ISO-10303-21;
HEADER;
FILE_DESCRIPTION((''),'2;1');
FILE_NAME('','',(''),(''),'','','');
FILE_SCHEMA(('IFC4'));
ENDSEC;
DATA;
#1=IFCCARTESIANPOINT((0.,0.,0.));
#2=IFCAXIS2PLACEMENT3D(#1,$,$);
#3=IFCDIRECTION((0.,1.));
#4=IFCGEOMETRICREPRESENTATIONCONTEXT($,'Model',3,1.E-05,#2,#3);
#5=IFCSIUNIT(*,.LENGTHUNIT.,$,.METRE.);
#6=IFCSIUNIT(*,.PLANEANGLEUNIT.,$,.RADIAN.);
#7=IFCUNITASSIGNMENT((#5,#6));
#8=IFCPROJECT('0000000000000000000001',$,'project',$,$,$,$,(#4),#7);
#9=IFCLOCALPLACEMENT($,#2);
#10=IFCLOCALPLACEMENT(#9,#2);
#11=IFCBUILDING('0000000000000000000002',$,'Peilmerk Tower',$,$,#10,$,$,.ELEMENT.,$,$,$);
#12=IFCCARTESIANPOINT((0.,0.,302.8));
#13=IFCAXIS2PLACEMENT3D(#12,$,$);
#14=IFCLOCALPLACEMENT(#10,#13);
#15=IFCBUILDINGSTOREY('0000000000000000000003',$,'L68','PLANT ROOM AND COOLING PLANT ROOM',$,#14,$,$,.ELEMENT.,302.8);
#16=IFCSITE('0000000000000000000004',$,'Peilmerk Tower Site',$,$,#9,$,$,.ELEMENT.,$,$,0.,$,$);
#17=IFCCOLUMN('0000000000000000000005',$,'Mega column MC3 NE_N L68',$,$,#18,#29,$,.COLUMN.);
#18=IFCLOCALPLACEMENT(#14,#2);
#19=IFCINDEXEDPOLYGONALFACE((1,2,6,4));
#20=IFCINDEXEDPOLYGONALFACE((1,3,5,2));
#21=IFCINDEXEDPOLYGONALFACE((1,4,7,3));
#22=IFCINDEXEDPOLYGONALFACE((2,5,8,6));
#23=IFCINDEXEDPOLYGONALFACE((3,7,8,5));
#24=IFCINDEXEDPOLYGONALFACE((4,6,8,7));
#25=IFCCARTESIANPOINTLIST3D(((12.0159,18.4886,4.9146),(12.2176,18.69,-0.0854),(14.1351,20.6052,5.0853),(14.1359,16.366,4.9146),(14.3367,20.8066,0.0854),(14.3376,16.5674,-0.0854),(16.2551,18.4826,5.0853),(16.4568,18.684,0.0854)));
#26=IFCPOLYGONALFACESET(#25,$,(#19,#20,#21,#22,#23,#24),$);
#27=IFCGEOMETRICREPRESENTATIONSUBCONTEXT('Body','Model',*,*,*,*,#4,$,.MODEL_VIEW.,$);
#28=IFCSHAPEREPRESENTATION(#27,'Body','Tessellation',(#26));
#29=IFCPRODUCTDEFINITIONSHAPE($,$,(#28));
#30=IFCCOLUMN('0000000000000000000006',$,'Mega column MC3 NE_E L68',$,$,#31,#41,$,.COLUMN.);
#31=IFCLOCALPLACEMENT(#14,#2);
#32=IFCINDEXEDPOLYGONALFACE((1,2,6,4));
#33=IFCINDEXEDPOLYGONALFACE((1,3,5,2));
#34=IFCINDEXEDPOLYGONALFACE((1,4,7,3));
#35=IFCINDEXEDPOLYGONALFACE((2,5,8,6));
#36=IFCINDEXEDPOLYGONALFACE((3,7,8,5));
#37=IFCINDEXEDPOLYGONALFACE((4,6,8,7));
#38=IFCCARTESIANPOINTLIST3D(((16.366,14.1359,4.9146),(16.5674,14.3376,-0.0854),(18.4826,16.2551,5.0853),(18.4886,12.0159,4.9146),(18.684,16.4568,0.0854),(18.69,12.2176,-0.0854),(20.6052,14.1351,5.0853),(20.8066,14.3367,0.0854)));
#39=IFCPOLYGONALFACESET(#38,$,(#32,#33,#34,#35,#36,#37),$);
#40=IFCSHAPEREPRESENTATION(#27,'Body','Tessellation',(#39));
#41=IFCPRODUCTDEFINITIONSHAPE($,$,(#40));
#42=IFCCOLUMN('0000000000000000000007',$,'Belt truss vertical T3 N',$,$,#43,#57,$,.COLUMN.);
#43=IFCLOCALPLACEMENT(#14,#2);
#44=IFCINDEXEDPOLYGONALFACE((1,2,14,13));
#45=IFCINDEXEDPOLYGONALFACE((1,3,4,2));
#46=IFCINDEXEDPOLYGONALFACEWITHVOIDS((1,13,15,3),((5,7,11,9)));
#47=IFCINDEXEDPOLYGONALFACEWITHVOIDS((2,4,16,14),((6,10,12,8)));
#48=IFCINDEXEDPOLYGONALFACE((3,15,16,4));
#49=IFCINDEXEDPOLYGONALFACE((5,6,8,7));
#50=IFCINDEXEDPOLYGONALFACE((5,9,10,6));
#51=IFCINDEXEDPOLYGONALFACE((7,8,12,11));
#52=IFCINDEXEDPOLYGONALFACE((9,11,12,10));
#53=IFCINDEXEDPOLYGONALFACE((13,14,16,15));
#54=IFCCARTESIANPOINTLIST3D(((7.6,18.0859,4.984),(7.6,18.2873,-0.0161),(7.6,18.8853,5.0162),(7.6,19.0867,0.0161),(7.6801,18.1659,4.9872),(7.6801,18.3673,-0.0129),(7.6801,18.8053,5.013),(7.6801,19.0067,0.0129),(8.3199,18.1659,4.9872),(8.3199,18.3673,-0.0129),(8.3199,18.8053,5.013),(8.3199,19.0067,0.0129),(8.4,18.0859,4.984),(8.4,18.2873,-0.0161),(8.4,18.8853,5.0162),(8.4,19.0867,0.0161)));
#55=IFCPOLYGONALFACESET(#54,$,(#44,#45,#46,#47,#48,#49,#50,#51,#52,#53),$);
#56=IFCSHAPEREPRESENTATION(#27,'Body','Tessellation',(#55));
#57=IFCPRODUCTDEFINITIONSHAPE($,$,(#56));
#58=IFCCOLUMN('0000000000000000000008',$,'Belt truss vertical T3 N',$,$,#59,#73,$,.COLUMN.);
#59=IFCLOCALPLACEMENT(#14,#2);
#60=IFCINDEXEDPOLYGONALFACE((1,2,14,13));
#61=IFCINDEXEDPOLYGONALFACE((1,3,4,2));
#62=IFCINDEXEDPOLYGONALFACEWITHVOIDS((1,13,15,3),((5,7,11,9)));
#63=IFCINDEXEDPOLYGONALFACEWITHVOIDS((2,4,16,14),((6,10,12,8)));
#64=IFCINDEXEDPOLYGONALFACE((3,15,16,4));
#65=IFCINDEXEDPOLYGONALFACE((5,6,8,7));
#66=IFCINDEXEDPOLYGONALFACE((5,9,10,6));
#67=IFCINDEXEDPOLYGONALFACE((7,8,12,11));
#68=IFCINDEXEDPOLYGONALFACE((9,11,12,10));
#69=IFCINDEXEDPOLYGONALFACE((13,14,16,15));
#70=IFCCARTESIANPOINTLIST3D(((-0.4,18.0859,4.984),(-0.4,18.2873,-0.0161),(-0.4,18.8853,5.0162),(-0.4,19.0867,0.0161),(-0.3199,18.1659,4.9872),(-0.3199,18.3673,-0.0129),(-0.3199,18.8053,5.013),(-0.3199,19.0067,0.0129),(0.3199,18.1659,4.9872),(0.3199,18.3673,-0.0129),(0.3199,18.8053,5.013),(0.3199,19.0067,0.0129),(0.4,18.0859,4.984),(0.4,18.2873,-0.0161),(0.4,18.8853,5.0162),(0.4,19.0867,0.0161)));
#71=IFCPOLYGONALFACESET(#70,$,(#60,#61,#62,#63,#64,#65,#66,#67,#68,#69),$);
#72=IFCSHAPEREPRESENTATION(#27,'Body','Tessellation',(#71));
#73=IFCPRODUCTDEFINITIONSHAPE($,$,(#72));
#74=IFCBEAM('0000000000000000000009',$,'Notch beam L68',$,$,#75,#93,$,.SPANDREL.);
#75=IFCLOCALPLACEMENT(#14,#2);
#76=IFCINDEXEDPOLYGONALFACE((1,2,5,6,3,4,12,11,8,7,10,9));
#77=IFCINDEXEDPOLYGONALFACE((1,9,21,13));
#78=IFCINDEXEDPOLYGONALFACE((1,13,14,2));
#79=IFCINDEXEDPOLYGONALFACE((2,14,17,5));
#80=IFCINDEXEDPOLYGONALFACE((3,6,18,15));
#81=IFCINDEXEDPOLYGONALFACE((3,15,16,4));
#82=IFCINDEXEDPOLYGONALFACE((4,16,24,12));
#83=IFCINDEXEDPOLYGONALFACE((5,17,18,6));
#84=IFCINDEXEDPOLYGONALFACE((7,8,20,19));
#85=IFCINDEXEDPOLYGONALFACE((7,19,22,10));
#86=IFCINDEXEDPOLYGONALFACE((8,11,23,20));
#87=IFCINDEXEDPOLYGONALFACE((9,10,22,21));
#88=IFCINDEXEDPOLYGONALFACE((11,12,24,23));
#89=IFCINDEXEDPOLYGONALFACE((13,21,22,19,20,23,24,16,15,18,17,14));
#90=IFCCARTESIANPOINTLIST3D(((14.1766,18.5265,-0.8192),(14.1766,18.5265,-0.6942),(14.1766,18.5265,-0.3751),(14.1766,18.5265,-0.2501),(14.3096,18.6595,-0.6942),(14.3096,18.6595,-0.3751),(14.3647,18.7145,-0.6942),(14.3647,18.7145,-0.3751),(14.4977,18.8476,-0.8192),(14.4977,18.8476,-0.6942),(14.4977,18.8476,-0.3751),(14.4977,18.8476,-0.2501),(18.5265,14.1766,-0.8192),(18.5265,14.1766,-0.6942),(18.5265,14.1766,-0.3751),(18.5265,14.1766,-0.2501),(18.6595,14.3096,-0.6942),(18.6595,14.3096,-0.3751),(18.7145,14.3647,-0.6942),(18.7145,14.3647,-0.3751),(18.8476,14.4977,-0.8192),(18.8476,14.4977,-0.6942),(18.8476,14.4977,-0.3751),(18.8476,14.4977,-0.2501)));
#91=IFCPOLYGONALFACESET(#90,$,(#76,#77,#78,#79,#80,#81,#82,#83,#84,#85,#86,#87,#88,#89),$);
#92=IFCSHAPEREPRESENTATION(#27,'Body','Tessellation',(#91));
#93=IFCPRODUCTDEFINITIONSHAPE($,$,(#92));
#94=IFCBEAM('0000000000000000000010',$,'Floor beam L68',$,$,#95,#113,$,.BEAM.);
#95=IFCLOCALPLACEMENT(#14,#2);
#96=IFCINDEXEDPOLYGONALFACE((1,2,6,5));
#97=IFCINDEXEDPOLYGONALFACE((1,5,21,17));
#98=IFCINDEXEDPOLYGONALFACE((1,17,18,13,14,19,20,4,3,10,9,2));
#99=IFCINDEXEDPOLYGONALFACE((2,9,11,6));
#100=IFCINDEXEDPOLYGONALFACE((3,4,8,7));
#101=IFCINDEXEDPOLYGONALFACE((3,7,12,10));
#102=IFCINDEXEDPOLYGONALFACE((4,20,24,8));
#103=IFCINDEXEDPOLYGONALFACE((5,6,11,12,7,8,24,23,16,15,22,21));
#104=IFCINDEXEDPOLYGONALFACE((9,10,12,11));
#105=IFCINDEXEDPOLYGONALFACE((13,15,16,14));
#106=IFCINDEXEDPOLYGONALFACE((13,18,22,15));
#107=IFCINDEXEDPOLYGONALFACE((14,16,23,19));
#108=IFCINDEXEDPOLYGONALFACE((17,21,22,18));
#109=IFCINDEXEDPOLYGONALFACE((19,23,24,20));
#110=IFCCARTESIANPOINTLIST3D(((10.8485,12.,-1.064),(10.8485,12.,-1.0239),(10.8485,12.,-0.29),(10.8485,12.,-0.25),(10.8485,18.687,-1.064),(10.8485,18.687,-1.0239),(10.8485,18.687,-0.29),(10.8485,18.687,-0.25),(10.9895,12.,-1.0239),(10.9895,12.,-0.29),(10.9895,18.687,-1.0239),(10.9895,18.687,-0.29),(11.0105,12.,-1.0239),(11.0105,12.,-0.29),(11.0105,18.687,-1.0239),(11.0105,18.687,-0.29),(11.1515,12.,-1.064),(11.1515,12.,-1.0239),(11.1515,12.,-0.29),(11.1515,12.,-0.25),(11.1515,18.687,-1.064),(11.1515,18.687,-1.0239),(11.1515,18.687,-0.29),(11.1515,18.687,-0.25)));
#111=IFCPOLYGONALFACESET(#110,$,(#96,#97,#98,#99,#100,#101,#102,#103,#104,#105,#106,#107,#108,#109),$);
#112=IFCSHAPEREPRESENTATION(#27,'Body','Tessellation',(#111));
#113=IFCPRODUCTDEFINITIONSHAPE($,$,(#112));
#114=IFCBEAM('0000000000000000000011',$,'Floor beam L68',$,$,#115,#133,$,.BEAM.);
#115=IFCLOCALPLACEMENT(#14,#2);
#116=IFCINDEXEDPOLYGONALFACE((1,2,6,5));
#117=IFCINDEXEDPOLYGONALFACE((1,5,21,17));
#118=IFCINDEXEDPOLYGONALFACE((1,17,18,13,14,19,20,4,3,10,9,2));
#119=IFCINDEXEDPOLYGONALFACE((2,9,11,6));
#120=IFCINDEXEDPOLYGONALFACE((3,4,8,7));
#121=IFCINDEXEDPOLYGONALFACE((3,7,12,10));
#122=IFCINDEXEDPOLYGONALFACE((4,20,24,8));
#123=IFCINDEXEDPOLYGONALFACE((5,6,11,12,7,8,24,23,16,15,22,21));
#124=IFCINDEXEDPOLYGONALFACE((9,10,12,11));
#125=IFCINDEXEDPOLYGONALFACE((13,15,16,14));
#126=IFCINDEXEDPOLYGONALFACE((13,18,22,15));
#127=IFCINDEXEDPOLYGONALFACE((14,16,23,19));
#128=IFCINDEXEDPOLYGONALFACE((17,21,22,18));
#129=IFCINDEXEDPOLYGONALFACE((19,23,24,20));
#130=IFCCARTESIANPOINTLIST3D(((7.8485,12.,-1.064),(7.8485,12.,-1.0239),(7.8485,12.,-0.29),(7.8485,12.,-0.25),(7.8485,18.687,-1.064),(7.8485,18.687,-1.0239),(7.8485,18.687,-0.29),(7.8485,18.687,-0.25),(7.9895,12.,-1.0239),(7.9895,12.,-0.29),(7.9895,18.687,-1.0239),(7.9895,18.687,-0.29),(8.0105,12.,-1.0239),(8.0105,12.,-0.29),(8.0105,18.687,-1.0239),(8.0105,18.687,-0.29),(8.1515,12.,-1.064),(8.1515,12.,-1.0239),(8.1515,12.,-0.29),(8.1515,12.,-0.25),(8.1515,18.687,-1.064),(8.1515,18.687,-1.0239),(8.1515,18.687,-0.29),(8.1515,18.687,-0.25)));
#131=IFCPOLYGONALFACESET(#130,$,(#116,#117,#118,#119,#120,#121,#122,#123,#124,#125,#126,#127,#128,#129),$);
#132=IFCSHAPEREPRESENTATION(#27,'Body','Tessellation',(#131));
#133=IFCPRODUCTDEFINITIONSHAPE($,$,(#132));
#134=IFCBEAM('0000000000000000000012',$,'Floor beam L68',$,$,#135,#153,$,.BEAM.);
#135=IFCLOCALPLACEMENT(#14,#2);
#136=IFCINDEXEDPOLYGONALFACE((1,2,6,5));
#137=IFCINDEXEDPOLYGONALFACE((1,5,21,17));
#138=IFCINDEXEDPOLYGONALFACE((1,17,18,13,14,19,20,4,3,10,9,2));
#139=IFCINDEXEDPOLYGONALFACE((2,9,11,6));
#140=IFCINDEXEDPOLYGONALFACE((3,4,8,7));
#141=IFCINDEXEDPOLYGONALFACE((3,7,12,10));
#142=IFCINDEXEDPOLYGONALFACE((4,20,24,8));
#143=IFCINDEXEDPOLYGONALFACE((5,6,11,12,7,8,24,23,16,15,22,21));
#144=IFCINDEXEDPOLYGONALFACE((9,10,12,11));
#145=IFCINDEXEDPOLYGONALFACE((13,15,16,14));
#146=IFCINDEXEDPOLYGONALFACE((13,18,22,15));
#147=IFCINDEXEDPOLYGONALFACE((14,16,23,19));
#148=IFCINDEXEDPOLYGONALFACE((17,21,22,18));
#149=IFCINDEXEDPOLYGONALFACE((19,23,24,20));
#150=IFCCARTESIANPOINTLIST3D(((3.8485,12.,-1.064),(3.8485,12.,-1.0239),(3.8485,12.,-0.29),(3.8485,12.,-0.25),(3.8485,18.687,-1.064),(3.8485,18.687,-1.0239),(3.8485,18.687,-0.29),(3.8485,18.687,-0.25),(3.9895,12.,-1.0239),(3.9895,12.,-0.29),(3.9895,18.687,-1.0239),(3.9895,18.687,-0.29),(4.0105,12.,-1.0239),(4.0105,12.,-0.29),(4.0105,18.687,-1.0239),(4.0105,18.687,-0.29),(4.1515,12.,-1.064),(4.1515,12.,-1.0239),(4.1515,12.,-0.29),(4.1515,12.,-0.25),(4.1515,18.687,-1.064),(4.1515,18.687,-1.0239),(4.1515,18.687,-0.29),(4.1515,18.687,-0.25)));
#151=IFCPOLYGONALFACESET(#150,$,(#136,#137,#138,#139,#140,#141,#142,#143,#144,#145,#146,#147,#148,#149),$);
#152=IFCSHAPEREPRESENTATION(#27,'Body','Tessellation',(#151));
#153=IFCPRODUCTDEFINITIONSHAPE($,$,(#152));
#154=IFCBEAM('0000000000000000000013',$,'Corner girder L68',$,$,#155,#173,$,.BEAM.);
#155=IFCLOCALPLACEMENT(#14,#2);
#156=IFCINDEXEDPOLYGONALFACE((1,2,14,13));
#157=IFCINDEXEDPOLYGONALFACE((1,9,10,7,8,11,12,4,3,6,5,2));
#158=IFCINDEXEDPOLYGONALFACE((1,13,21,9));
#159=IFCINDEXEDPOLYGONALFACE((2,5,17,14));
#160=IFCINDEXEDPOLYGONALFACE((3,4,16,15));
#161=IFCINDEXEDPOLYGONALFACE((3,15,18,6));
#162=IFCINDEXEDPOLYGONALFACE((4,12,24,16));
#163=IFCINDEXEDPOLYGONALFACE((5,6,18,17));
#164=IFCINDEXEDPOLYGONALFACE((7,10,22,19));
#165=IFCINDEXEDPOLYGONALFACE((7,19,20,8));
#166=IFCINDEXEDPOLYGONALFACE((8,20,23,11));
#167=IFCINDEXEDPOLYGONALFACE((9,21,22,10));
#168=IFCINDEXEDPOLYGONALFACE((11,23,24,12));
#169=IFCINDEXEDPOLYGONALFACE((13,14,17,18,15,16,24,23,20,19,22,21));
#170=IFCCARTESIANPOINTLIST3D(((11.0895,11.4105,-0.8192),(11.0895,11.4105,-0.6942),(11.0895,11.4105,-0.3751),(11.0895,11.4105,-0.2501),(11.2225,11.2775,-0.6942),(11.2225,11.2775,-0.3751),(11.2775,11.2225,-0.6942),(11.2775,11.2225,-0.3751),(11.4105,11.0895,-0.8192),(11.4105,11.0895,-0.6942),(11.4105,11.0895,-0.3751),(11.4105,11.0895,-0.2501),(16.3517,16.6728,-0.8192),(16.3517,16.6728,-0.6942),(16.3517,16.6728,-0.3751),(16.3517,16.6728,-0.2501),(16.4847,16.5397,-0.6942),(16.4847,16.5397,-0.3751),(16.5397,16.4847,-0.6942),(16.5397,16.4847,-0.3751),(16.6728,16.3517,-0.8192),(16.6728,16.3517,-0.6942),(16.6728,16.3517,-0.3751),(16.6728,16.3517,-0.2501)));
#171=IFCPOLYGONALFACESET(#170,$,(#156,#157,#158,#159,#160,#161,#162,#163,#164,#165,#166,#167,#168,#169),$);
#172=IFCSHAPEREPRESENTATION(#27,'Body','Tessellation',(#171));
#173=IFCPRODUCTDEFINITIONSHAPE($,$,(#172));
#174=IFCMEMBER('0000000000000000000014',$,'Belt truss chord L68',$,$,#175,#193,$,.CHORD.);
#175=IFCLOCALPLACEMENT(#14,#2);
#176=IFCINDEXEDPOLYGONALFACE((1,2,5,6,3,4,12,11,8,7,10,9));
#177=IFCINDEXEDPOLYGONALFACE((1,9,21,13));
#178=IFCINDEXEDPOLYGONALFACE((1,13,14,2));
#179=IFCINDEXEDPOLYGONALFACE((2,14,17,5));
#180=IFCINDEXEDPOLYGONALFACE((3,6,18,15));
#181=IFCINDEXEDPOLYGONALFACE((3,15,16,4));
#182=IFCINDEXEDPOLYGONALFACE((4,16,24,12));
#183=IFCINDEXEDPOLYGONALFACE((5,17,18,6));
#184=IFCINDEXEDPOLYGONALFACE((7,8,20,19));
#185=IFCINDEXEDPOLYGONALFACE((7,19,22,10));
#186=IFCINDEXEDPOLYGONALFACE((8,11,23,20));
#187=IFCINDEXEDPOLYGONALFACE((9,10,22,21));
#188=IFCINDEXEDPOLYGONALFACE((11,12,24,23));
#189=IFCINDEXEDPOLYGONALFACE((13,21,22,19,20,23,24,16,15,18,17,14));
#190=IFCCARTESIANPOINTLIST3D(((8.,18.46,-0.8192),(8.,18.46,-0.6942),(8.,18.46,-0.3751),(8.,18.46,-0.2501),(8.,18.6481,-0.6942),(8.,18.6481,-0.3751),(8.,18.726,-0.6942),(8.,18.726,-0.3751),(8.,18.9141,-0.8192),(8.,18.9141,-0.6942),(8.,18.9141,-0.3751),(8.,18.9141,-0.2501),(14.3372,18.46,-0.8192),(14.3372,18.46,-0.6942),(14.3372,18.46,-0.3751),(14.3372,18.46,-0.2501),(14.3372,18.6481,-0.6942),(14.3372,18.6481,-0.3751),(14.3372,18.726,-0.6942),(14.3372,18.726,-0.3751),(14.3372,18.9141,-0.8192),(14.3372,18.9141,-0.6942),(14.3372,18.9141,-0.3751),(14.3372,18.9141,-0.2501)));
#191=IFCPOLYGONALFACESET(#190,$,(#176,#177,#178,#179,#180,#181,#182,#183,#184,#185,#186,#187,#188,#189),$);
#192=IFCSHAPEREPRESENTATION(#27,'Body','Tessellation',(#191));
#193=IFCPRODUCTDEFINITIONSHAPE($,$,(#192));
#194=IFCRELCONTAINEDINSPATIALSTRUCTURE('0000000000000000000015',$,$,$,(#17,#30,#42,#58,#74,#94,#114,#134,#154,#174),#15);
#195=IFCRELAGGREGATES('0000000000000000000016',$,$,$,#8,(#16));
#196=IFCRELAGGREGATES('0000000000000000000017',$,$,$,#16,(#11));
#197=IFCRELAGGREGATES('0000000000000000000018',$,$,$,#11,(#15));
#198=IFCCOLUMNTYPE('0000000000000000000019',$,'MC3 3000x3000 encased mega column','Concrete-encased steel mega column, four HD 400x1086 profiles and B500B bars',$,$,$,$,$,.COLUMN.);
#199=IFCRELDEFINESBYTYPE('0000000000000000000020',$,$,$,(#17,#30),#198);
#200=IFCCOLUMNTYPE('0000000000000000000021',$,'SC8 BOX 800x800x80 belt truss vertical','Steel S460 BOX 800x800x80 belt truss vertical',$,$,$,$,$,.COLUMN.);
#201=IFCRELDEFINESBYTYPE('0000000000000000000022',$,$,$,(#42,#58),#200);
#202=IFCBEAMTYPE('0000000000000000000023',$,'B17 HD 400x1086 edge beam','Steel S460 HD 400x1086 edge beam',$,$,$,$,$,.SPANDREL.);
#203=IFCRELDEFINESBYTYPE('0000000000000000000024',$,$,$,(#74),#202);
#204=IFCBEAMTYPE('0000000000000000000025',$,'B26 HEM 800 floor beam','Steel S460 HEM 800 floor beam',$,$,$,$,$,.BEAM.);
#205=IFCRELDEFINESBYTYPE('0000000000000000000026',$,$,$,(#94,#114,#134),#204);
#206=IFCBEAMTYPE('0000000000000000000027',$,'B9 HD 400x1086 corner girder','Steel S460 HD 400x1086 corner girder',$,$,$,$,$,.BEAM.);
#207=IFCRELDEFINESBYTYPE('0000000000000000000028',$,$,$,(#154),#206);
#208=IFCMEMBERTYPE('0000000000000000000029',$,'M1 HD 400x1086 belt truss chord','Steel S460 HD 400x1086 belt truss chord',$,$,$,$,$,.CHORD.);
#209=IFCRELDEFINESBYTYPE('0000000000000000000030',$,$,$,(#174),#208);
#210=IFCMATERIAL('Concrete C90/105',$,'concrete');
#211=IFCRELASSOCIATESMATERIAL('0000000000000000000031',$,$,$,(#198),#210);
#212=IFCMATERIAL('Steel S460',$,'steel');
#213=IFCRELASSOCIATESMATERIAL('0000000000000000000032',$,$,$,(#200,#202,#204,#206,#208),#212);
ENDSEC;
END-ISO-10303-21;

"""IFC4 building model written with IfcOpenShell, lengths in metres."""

from ifc_helpers import new_model, si_unit, direction, frame, origin, origin_2d, place, context, subcontext, project, spatial, rectangle, hollow_rectangle, i_section, extrude, material, material_profile, profile_set, type_object, element, save


model = new_model("IFC4")

# Units and contexts
model_context = context("Model", 3, precision=1e-05, world=origin(), true_north=direction((0.0, 1.0)))
body_context = subcontext(model_context, "Body", "Model", "MODEL_VIEW")
ifc_project = project(units=[si_unit("LENGTHUNIT", "METRE"), si_unit("PLANEANGLEUNIT", "RADIAN")], contexts=[model_context])

# Site, building, storey
site_placement = place(None, origin())
site = spatial("IfcSite", under=ifc_project, at=site_placement, Name="Peilmerk Tower Site", CompositionType="ELEMENT", RefElevation=0.0)
building_placement = place(site_placement, origin())
building = spatial("IfcBuilding", under=site, at=building_placement, Name="Peilmerk Tower", CompositionType="ELEMENT")
storey_placement = place(building_placement, frame((0.0, 0.0, 302.8)))
storey = spatial("IfcBuildingStorey", under=building, at=storey_placement, Name="L68", Description="PLANT ROOM AND COOLING PLANT ROOM", CompositionType="ELEMENT", Elevation=302.8)

# Columns
ifc_material_1 = material(Name="Concrete C90/105", Category="concrete")
ifc_material_profile_1 = material_profile(ifc_material_1, rectangle(XDim=3.0, YDim=3.0, at=origin_2d()), Name="RC 3000x3000")
ifc_profile_set_1 = profile_set([ifc_material_profile_1], Name="Concrete C90/105")
column_type_1 = type_object("IfcColumnType", Name="MC3 3000x3000 encased mega column", Description="Concrete-encased steel mega column, four HD 400x1086 profiles and B500B bars", PredefinedType="COLUMN", material=ifc_profile_set_1)
for number, where, z_axis, x_axis, name in (
    (1, (14.3372, 18.687, 0.0), (-0.040267, -0.040218, 0.998379), (0.706678, -0.707535, 0.0), "Mega column MC3 NE_N L68"),
    (2, (18.687, 14.3372, 0.0), (-0.040218, -0.040267, 0.998379), (0.707535, -0.706678, 0.0), "Mega column MC3 NE_E L68"),
):
    element("IfcColumn", number, at=place(storey_placement, frame(where, z_axis=z_axis, x_axis=x_axis)), inside=storey, type_object=column_type_1, Name=name, PredefinedType="COLUMN", context=body_context, shape_type="SweptSolid", body=[
        extrude(rectangle(XDim=3.0, YDim=3.0, at=origin_2d()), origin(), (0.0, 0.0, 1.0), 5.0081),
    ])
ifc_material_2 = material(Name="Steel S460", Category="steel")
ifc_material_profile_2 = material_profile(ifc_material_2, hollow_rectangle(XDim=0.8, YDim=0.8, WallThickness=0.0801, at=origin_2d()), Name="BOX 800x800x80")
ifc_profile_set_2 = profile_set([ifc_material_profile_2], Name="Steel S460")
column_type_2 = type_object("IfcColumnType", Name="SC8 BOX 800x800x80 belt truss vertical", Description="Steel S460 BOX 800x800x80 belt truss vertical", PredefinedType="COLUMN", material=ifc_profile_set_2)
for number, where, z_axis, x_axis, name in (
    (3, (8.0, 18.687, 0.0), (0.0, -0.040251, 0.99919), (1.0, 0.0, 0.0), "Belt truss vertical T3 N"),
    (4, (0.0, 18.687, 0.0), (0.0, -0.040251, 0.99919), (1.0, 0.0, 0.0), "Belt truss vertical T3 N"),
):
    element("IfcColumn", number, at=place(storey_placement, frame(where, z_axis=z_axis, x_axis=x_axis)), inside=storey, type_object=column_type_2, Name=name, PredefinedType="COLUMN", context=body_context, shape_type="SweptSolid", body=[
        extrude(hollow_rectangle(XDim=0.8, YDim=0.8, WallThickness=0.0801, at=origin_2d()), origin(), (0.0, 0.0, 1.0), 5.0042),
    ])

# Beams
ifc_material_profile_3 = material_profile(ifc_material_2, i_section(OverallWidth=0.4541, OverallDepth=0.5691, WebThickness=0.0779, FlangeThickness=0.125, at=origin_2d()), Name="HD 400x1086")
ifc_profile_set_3 = profile_set([ifc_material_profile_3], Name="Steel S460")
beam_type_1 = type_object("IfcBeamType", Name="B17 HD 400x1086 edge beam", Description="Steel S460 HD 400x1086 edge beam", PredefinedType="SPANDREL", material=ifc_profile_set_3)
beam_1_placement = place(storey_placement, frame((14.3372, 18.687, -0.5347), z_axis=(0.707107, -0.707107, 0.0), x_axis=(0.707107, 0.707107, 0.0)))
element("IfcBeam", 5, at=beam_1_placement, inside=storey, type_object=beam_type_1, Name="Notch beam L68", PredefinedType="SPANDREL", context=body_context, shape_type="SweptSolid", body=[
    extrude(i_section(OverallWidth=0.4541, OverallDepth=0.5691, WebThickness=0.0779, FlangeThickness=0.125, at=origin_2d()), origin(), (0.0, 0.0, 1.0), 6.1516),
])
ifc_material_profile_4 = material_profile(ifc_material_2, i_section(OverallWidth=0.303, OverallDepth=0.814, WebThickness=0.021, FlangeThickness=0.04, at=origin_2d()), Name="HEM 800")
ifc_profile_set_4 = profile_set([ifc_material_profile_4], Name="Steel S460")
beam_type_2 = type_object("IfcBeamType", Name="B26 HEM 800 floor beam", Description="Steel S460 HEM 800 floor beam", PredefinedType="BEAM", material=ifc_profile_set_4)
for number, where, z_axis, x_axis, name in (
    (6, (11.0, 12.0, -0.657), (0.0, 1.0, 0.0), (-1.0, 0.0, 0.0), "Floor beam L68"),
    (7, (8.0, 12.0, -0.657), (0.0, 1.0, 0.0), (-1.0, 0.0, 0.0), "Floor beam L68"),
    (8, (4.0, 12.0, -0.657), (0.0, 1.0, 0.0), (-1.0, 0.0, 0.0), "Floor beam L68"),
):
    element("IfcBeam", number, at=place(storey_placement, frame(where, z_axis=z_axis, x_axis=x_axis)), inside=storey, type_object=beam_type_2, Name=name, PredefinedType="BEAM", context=body_context, shape_type="SweptSolid", body=[
        extrude(i_section(OverallWidth=0.303, OverallDepth=0.814, WebThickness=0.021, FlangeThickness=0.04, at=origin_2d()), origin(), (0.0, 0.0, 1.0), 6.687),
    ])
ifc_material_profile_5 = material_profile(ifc_material_2, i_section(OverallWidth=0.4541, OverallDepth=0.5691, WebThickness=0.0779, FlangeThickness=0.125, at=origin_2d()), Name="HD 400x1086")
ifc_profile_set_5 = profile_set([ifc_material_profile_5], Name="Steel S460")
beam_type_3 = type_object("IfcBeamType", Name="B9 HD 400x1086 corner girder", Description="Steel S460 HD 400x1086 corner girder", PredefinedType="BEAM", material=ifc_profile_set_5)
beam_2_placement = place(storey_placement, frame((11.25, 11.25, -0.5347), z_axis=(0.707107, 0.707107, 0.0), x_axis=(-0.707107, 0.707107, 0.0)))
element("IfcBeam", 9, at=beam_2_placement, inside=storey, type_object=beam_type_3, Name="Corner girder L68", PredefinedType="BEAM", context=body_context, shape_type="SweptSolid", body=[
    extrude(i_section(OverallWidth=0.4541, OverallDepth=0.5691, WebThickness=0.0779, FlangeThickness=0.125, at=origin_2d()), origin(), (0.0, 0.0, 1.0), 7.4419),
])

# Member
ifc_material_profile_6 = material_profile(ifc_material_2, i_section(OverallWidth=0.4541, OverallDepth=0.5691, WebThickness=0.0779, FlangeThickness=0.125, at=origin_2d()), Name="HD 400x1086")
ifc_profile_set_6 = profile_set([ifc_material_profile_6], Name="Steel S460")
member_type_1 = type_object("IfcMemberType", Name="M1 HD 400x1086 belt truss chord", Description="Steel S460 HD 400x1086 belt truss chord", PredefinedType="CHORD", material=ifc_profile_set_6)
member_1_placement = place(storey_placement, frame((14.3372, 18.687, -0.5347), z_axis=(-1.0, 0.0, 0.0), x_axis=(0.0, -1.0, 0.0)))
element("IfcMember", 10, at=member_1_placement, inside=storey, type_object=member_type_1, Name="Belt truss chord L68", PredefinedType="CHORD", context=body_context, shape_type="SweptSolid", body=[
    extrude(i_section(OverallWidth=0.4541, OverallDepth=0.5691, WebThickness=0.0779, FlangeThickness=0.125, at=origin_2d()), origin(), (0.0, 0.0, 1.0), 6.3372),
])

save(model, "model.ifc")
